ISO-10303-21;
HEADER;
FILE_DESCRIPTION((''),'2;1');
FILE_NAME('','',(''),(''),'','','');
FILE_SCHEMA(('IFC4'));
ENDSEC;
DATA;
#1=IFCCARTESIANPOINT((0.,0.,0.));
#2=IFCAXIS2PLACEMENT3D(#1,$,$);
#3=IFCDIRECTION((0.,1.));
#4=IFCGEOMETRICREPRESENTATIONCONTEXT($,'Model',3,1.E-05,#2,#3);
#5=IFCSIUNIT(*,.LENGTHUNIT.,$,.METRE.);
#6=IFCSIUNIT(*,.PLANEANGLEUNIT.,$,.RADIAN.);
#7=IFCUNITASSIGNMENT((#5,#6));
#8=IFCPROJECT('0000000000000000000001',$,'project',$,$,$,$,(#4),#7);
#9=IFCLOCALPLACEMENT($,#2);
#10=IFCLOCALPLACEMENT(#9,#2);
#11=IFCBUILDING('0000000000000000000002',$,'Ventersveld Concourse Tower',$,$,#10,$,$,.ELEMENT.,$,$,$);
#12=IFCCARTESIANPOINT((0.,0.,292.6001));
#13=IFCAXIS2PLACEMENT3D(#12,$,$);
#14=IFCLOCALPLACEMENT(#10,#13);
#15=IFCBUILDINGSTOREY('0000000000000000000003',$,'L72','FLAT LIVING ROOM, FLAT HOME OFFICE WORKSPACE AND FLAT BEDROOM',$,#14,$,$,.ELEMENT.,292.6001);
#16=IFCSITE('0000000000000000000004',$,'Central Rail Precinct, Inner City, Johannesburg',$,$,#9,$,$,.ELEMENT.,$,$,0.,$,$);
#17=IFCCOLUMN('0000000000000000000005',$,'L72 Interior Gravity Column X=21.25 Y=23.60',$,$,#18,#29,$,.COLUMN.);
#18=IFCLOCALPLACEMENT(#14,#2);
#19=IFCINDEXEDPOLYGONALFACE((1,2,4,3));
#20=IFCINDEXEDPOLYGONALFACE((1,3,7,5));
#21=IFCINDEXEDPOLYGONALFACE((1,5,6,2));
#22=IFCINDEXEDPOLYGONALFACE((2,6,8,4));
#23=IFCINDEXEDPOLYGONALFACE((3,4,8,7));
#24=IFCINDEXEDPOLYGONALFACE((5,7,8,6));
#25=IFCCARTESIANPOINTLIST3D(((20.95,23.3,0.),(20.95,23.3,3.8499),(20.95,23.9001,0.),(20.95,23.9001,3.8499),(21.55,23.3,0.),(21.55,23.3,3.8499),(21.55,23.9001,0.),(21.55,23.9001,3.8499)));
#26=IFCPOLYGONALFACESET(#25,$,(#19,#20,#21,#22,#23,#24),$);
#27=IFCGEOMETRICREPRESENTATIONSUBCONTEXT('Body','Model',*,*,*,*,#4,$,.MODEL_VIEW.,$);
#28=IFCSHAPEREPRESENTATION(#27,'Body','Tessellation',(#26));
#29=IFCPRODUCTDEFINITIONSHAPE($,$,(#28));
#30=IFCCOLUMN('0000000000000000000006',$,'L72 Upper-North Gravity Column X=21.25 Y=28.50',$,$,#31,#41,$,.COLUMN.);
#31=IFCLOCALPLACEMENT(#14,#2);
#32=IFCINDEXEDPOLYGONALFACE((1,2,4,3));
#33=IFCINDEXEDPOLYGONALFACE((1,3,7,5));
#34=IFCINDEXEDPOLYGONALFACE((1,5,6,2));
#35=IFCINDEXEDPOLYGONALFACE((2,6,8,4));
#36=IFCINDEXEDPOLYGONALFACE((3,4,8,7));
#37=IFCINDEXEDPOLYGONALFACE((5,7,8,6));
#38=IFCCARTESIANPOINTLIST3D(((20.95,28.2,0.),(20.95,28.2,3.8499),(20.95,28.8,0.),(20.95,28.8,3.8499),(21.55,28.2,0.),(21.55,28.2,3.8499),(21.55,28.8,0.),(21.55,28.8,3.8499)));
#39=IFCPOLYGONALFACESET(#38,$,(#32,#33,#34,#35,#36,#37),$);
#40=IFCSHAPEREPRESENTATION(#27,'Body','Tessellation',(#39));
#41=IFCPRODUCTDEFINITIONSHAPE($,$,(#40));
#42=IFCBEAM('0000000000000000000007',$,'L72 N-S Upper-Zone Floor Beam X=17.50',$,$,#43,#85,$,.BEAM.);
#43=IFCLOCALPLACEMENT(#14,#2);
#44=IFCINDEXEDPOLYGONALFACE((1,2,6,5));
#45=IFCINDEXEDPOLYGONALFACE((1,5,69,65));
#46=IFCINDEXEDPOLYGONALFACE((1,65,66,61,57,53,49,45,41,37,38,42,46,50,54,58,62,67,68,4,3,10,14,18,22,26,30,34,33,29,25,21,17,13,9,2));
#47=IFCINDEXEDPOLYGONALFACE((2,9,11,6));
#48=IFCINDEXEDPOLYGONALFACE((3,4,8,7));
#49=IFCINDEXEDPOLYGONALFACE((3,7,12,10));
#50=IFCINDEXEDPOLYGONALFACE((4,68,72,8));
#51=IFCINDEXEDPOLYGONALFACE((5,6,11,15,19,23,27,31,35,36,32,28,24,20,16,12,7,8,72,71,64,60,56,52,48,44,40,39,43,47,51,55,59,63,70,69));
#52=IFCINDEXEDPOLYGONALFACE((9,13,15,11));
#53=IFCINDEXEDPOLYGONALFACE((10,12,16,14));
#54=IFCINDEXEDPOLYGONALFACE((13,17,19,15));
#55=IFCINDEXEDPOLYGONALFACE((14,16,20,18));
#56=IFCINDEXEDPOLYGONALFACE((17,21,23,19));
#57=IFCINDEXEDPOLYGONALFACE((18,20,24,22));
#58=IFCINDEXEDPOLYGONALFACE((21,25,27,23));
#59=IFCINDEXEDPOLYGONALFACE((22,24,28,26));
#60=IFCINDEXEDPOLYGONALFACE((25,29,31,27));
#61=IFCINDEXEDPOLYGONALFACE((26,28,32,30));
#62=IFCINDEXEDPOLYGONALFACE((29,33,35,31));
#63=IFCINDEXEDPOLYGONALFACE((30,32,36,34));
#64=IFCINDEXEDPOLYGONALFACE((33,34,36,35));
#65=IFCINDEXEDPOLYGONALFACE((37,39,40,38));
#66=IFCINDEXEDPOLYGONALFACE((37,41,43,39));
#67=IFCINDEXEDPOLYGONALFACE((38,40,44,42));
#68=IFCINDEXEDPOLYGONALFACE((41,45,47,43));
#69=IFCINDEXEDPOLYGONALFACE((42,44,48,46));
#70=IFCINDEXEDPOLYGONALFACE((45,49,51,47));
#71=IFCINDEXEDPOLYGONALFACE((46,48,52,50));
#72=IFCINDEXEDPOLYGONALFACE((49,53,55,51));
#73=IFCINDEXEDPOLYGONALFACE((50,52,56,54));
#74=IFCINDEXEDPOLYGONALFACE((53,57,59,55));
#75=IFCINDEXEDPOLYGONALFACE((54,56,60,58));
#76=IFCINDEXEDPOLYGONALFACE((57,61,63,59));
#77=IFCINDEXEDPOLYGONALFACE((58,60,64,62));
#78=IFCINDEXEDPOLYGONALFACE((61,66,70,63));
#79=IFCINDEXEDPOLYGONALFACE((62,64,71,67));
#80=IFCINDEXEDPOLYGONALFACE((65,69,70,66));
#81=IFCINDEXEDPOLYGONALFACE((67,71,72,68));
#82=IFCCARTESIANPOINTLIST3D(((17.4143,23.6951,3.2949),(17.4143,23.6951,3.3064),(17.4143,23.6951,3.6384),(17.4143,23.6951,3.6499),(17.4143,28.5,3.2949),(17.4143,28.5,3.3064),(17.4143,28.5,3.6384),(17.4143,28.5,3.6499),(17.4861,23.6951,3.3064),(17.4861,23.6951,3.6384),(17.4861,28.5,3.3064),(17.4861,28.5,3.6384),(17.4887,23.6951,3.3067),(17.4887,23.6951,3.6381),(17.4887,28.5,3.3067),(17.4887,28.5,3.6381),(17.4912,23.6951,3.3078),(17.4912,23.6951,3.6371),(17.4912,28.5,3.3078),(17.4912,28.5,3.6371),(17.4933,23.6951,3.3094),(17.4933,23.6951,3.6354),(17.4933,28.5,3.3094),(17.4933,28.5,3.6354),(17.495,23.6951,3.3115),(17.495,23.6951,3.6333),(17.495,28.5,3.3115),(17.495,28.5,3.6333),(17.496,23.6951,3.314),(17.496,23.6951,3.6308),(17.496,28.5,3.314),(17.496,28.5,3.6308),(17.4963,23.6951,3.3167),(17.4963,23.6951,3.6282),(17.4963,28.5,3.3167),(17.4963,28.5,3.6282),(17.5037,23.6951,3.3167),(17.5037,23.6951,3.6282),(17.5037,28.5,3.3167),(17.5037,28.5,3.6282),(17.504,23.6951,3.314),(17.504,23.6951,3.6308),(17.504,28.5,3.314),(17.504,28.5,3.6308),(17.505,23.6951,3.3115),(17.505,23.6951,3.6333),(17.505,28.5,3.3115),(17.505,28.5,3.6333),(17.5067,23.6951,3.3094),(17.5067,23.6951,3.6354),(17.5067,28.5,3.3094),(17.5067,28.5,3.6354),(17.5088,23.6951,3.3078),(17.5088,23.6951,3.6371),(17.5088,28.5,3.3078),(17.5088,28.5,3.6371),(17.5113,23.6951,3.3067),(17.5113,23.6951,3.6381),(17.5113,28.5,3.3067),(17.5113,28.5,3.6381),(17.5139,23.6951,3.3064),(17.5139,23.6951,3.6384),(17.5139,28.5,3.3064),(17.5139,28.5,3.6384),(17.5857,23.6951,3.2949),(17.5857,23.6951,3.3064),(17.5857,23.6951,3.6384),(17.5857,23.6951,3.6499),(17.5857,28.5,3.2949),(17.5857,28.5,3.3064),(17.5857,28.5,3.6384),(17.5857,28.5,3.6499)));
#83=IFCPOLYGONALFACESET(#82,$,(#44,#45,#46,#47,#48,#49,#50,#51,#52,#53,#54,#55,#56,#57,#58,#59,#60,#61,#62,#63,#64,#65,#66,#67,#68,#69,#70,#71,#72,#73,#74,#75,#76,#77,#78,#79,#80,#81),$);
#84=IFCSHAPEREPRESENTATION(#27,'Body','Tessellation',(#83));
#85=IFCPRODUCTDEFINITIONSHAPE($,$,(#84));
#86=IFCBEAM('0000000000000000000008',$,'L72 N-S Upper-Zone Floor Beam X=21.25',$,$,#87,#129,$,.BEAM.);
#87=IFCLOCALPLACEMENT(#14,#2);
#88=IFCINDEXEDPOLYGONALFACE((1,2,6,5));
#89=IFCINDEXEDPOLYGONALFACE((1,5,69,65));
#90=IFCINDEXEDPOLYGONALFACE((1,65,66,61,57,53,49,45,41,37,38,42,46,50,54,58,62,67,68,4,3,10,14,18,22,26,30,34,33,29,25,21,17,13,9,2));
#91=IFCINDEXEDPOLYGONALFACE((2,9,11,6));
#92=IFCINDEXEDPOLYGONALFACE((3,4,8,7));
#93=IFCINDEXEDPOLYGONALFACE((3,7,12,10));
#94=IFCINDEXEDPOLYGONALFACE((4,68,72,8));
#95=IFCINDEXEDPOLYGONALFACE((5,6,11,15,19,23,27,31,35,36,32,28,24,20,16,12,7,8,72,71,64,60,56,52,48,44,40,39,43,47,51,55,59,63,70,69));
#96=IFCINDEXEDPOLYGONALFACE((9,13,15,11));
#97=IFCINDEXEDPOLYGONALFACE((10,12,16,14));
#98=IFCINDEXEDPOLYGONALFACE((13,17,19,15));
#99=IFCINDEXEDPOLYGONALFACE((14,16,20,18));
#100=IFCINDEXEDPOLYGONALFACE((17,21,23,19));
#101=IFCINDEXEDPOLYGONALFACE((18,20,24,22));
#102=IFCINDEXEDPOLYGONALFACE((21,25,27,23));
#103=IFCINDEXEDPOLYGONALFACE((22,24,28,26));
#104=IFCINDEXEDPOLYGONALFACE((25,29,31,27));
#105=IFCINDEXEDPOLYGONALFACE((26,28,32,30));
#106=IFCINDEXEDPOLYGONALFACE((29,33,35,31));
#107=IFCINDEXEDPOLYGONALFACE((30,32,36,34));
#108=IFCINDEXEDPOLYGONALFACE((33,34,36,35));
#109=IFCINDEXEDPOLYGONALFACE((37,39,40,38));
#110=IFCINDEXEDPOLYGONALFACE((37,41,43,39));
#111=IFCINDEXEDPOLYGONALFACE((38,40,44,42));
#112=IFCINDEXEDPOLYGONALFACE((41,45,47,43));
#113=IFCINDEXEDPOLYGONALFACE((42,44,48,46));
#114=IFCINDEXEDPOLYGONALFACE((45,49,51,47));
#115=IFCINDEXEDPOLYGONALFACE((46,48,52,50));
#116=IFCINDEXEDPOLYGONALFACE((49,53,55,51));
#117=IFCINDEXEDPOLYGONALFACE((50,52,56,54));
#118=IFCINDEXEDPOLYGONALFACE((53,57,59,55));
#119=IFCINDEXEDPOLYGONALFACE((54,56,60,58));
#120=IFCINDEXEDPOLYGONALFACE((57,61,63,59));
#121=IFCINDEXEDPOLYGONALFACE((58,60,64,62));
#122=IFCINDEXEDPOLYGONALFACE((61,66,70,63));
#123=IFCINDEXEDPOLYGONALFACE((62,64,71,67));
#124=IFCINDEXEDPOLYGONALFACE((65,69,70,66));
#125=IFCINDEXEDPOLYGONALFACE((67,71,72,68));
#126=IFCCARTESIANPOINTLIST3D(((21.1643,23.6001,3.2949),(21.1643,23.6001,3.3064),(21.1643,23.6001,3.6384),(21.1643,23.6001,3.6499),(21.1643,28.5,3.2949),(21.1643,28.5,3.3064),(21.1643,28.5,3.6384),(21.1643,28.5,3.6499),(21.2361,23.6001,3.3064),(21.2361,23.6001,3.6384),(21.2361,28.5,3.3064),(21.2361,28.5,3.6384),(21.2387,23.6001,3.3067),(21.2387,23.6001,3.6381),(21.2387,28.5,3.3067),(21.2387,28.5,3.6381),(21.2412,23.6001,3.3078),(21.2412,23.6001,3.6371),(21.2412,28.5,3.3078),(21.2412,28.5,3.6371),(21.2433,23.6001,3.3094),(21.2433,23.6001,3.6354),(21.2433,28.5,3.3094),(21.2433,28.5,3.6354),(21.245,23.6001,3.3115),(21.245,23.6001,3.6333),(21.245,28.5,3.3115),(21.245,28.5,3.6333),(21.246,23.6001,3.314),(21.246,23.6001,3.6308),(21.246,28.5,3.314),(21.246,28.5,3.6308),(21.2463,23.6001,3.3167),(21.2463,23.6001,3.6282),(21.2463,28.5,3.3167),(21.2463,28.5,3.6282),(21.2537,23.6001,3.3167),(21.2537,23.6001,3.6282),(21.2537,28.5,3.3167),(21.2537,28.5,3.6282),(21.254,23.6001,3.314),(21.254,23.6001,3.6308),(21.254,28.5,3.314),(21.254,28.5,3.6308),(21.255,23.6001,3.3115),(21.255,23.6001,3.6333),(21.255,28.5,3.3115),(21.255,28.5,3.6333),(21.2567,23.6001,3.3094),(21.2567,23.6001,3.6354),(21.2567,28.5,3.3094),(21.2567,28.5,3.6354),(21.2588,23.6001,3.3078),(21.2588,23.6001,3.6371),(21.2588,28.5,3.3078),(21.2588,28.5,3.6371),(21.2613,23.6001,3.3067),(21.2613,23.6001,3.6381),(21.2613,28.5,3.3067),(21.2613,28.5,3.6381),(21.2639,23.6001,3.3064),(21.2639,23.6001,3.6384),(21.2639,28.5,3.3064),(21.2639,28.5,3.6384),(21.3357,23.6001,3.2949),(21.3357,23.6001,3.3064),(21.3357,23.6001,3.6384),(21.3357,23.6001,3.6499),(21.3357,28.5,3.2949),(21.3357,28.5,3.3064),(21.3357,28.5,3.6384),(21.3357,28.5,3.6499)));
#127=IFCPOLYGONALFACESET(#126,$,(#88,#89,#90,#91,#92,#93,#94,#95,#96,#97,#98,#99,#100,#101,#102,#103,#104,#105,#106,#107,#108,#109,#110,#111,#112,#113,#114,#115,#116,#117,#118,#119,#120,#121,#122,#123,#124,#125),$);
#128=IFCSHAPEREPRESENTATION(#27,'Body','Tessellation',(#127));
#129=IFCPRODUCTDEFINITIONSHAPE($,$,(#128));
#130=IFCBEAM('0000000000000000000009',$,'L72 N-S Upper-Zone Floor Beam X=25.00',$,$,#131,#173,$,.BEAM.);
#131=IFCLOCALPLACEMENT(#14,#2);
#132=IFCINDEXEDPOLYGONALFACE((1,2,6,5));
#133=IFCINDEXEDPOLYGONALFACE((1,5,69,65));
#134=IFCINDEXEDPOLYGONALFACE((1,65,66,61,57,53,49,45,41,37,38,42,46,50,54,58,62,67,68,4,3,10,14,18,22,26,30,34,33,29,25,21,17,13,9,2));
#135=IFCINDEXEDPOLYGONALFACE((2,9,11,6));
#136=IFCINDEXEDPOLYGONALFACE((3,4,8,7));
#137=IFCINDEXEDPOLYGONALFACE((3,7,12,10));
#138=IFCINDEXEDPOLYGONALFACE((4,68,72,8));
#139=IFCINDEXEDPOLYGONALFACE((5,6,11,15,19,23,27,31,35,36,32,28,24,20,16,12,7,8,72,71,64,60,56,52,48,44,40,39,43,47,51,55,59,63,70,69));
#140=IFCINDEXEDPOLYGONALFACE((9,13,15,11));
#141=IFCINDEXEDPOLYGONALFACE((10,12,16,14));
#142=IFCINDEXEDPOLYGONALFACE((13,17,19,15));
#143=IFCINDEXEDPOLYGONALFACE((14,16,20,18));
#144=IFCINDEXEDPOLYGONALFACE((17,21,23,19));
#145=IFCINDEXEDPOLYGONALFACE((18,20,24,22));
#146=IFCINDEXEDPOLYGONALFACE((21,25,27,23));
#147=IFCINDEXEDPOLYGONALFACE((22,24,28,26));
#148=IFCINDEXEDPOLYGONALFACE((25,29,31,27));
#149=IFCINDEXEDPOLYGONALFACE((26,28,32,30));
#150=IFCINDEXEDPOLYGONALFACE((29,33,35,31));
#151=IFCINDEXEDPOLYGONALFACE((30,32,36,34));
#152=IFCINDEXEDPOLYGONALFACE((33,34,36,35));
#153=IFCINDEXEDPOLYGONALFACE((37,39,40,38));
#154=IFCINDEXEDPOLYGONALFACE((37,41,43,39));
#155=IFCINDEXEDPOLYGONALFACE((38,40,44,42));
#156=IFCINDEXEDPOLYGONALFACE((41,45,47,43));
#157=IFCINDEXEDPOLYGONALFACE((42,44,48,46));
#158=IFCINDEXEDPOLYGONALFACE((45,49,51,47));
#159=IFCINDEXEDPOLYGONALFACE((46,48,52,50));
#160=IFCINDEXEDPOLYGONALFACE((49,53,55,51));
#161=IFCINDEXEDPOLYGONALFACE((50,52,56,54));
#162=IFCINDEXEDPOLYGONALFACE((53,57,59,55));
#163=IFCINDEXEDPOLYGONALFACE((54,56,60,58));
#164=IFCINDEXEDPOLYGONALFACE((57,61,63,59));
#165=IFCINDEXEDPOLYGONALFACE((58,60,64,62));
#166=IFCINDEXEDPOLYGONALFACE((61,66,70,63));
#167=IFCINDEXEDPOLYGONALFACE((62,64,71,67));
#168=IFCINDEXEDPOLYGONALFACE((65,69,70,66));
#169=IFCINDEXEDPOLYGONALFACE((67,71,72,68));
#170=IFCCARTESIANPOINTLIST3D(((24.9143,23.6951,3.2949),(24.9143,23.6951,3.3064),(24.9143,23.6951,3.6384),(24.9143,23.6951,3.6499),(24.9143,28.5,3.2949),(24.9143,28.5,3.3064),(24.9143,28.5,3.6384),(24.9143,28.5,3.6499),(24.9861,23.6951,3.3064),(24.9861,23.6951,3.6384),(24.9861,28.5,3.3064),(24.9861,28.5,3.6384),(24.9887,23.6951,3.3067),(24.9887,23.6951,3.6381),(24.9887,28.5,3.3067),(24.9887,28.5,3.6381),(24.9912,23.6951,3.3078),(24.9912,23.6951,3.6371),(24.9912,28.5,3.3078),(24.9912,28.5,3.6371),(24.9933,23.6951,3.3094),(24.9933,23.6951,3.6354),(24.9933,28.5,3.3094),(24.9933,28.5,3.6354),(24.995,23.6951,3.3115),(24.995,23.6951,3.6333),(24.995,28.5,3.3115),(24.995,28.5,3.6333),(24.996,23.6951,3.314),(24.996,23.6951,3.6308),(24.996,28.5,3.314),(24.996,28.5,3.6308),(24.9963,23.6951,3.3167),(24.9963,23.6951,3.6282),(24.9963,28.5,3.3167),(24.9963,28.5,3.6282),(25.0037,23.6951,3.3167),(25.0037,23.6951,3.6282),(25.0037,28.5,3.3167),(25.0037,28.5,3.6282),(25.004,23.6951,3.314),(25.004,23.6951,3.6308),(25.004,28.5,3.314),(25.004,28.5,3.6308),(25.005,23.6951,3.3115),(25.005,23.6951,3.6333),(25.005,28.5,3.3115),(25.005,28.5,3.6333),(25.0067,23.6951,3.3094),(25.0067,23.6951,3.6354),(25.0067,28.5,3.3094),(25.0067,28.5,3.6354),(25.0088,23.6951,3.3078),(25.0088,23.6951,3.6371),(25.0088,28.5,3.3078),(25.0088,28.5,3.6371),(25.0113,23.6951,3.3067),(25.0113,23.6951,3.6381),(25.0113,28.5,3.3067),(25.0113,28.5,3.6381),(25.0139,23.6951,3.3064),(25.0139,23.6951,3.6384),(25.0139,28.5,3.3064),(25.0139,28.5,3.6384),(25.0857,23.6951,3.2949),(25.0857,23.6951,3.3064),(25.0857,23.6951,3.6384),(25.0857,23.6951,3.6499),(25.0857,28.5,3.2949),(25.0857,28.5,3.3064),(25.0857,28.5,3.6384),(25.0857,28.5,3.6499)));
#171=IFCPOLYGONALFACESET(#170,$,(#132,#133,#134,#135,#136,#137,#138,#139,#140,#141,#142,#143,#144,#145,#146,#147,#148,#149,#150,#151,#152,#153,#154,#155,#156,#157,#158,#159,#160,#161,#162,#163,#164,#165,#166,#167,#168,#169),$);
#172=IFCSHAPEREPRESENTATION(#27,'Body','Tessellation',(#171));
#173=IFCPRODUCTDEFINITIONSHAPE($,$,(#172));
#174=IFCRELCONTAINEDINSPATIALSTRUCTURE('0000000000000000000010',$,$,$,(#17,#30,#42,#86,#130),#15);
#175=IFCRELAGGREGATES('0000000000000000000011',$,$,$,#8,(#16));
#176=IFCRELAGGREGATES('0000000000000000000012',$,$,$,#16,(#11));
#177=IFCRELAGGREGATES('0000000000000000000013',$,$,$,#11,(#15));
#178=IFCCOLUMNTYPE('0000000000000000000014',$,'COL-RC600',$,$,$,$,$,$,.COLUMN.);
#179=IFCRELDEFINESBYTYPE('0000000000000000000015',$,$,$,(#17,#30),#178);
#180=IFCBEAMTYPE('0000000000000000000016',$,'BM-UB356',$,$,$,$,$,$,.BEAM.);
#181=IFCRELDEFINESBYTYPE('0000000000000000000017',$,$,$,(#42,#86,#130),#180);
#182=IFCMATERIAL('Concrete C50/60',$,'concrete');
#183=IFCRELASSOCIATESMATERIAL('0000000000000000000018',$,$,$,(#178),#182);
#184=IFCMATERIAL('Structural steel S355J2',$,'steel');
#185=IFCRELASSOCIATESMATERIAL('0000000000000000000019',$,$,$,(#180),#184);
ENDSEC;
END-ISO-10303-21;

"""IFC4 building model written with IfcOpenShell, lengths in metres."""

from ifc_helpers import new_model, si_unit, direction, frame, origin, origin_2d, place, context, subcontext, project, spatial, rectangle, i_section, extrude, material, material_profile, profile_set, type_object, element, save


model = new_model("IFC4")

# Units and contexts
model_context = context("Model", 3, precision=1e-05, world=origin(), true_north=direction((0.0, 1.0)))
body_context = subcontext(model_context, "Body", "Model", "MODEL_VIEW")
ifc_project = project(units=[si_unit("LENGTHUNIT", "METRE"), si_unit("PLANEANGLEUNIT", "RADIAN")], contexts=[model_context])

# Site, building, storey
site_placement = place(None, origin())
site = spatial("IfcSite", under=ifc_project, at=site_placement, Name="Central Rail Precinct, Inner City, Johannesburg", CompositionType="ELEMENT", RefElevation=0.0)
building_placement = place(site_placement, origin())
building = spatial("IfcBuilding", under=site, at=building_placement, Name="Ventersveld Concourse Tower", CompositionType="ELEMENT")
storey_placement = place(building_placement, frame((0.0, 0.0, 292.6001)))
storey = spatial("IfcBuildingStorey", under=building, at=storey_placement, Name="L72", Description="FLAT LIVING ROOM, FLAT HOME OFFICE WORKSPACE AND FLAT BEDROOM", CompositionType="ELEMENT", Elevation=292.6001)

# Columns
ifc_material_1 = material(Name="Concrete C50/60", Category="concrete")
ifc_material_profile_1 = material_profile(ifc_material_1, rectangle(XDim=0.6001, YDim=0.6001, at=origin_2d()), Name="RC 600x600")
ifc_profile_set_1 = profile_set([ifc_material_profile_1], Name="Concrete C50/60")
column_type = type_object("IfcColumnType", Name="COL-RC600", PredefinedType="COLUMN", material=ifc_profile_set_1)
for number, where, z_axis, x_axis, name in (
    (1, (21.25, 23.6001, 0.0), (0.0, 0.0, 1.0), (1.0, 0.0, 0.0), "L72 Interior Gravity Column X=21.25 Y=23.60"),
    (2, (21.25, 28.5, 0.0), (0.0, 0.0, 1.0), (1.0, 0.0, 0.0), "L72 Upper-North Gravity Column X=21.25 Y=28.50"),
):
    element("IfcColumn", number, at=place(storey_placement, frame(where, z_axis=z_axis, x_axis=x_axis)), inside=storey, type_object=column_type, Name=name, PredefinedType="COLUMN", context=body_context, shape_type="SweptSolid", body=[
        extrude(rectangle(XDim=0.6001, YDim=0.6001, at=origin_2d()), origin(), (0.0, 0.0, 1.0), 3.8499),
    ])

# Beams
ifc_material_2 = material(Name="Structural steel S355J2", Category="steel")
ifc_material_profile_2 = material_profile(ifc_material_2, i_section(OverallWidth=0.1714, OverallDepth=0.355, WebThickness=0.0073, FlangeThickness=0.0115, FilletRadius=0.0103, at=origin_2d()), Name="UB 356x171x51")
ifc_profile_set_2 = profile_set([ifc_material_profile_2], Name="Structural steel S355J2")
beam_type_1 = type_object("IfcBeamType", Name="BM-UB356", PredefinedType="BEAM", material=ifc_profile_set_2)
beam_1_placement = place(storey_placement, frame((17.5, 23.6951, 3.4724), z_axis=(0.0, 1.0, 0.0), x_axis=(-1.0, 0.0, 0.0)))
element("IfcBeam", 3, at=beam_1_placement, inside=storey, type_object=beam_type_1, Name="L72 N-S Upper-Zone Floor Beam X=17.50", PredefinedType="BEAM", context=body_context, shape_type="SweptSolid", body=[
    extrude(i_section(OverallWidth=0.1714, OverallDepth=0.355, WebThickness=0.0073, FlangeThickness=0.0115, FilletRadius=0.0103, at=origin_2d()), origin(), (0.0, 0.0, 1.0), 4.8049),
])
beam_2_placement = place(storey_placement, frame((21.25, 23.6001, 3.4724), z_axis=(0.0, 1.0, 0.0), x_axis=(-1.0, 0.0, 0.0)))
element("IfcBeam", 4, at=beam_2_placement, inside=storey, type_object=beam_type_1, Name="L72 N-S Upper-Zone Floor Beam X=21.25", PredefinedType="BEAM", context=body_context, shape_type="SweptSolid", body=[
    extrude(i_section(OverallWidth=0.1714, OverallDepth=0.355, WebThickness=0.0073, FlangeThickness=0.0115, FilletRadius=0.0103, at=origin_2d()), origin(), (0.0, 0.0, 1.0), 4.8999),
])
beam_3_placement = place(storey_placement, frame((25.0, 23.6951, 3.4724), z_axis=(0.0, 1.0, 0.0), x_axis=(-1.0, 0.0, 0.0)))
element("IfcBeam", 5, at=beam_3_placement, inside=storey, type_object=beam_type_1, Name="L72 N-S Upper-Zone Floor Beam X=25.00", PredefinedType="BEAM", context=body_context, shape_type="SweptSolid", body=[
    extrude(i_section(OverallWidth=0.1714, OverallDepth=0.355, WebThickness=0.0073, FlangeThickness=0.0115, FilletRadius=0.0103, at=origin_2d()), origin(), (0.0, 0.0, 1.0), 4.8049),
])

save(model, "model.ifc")
